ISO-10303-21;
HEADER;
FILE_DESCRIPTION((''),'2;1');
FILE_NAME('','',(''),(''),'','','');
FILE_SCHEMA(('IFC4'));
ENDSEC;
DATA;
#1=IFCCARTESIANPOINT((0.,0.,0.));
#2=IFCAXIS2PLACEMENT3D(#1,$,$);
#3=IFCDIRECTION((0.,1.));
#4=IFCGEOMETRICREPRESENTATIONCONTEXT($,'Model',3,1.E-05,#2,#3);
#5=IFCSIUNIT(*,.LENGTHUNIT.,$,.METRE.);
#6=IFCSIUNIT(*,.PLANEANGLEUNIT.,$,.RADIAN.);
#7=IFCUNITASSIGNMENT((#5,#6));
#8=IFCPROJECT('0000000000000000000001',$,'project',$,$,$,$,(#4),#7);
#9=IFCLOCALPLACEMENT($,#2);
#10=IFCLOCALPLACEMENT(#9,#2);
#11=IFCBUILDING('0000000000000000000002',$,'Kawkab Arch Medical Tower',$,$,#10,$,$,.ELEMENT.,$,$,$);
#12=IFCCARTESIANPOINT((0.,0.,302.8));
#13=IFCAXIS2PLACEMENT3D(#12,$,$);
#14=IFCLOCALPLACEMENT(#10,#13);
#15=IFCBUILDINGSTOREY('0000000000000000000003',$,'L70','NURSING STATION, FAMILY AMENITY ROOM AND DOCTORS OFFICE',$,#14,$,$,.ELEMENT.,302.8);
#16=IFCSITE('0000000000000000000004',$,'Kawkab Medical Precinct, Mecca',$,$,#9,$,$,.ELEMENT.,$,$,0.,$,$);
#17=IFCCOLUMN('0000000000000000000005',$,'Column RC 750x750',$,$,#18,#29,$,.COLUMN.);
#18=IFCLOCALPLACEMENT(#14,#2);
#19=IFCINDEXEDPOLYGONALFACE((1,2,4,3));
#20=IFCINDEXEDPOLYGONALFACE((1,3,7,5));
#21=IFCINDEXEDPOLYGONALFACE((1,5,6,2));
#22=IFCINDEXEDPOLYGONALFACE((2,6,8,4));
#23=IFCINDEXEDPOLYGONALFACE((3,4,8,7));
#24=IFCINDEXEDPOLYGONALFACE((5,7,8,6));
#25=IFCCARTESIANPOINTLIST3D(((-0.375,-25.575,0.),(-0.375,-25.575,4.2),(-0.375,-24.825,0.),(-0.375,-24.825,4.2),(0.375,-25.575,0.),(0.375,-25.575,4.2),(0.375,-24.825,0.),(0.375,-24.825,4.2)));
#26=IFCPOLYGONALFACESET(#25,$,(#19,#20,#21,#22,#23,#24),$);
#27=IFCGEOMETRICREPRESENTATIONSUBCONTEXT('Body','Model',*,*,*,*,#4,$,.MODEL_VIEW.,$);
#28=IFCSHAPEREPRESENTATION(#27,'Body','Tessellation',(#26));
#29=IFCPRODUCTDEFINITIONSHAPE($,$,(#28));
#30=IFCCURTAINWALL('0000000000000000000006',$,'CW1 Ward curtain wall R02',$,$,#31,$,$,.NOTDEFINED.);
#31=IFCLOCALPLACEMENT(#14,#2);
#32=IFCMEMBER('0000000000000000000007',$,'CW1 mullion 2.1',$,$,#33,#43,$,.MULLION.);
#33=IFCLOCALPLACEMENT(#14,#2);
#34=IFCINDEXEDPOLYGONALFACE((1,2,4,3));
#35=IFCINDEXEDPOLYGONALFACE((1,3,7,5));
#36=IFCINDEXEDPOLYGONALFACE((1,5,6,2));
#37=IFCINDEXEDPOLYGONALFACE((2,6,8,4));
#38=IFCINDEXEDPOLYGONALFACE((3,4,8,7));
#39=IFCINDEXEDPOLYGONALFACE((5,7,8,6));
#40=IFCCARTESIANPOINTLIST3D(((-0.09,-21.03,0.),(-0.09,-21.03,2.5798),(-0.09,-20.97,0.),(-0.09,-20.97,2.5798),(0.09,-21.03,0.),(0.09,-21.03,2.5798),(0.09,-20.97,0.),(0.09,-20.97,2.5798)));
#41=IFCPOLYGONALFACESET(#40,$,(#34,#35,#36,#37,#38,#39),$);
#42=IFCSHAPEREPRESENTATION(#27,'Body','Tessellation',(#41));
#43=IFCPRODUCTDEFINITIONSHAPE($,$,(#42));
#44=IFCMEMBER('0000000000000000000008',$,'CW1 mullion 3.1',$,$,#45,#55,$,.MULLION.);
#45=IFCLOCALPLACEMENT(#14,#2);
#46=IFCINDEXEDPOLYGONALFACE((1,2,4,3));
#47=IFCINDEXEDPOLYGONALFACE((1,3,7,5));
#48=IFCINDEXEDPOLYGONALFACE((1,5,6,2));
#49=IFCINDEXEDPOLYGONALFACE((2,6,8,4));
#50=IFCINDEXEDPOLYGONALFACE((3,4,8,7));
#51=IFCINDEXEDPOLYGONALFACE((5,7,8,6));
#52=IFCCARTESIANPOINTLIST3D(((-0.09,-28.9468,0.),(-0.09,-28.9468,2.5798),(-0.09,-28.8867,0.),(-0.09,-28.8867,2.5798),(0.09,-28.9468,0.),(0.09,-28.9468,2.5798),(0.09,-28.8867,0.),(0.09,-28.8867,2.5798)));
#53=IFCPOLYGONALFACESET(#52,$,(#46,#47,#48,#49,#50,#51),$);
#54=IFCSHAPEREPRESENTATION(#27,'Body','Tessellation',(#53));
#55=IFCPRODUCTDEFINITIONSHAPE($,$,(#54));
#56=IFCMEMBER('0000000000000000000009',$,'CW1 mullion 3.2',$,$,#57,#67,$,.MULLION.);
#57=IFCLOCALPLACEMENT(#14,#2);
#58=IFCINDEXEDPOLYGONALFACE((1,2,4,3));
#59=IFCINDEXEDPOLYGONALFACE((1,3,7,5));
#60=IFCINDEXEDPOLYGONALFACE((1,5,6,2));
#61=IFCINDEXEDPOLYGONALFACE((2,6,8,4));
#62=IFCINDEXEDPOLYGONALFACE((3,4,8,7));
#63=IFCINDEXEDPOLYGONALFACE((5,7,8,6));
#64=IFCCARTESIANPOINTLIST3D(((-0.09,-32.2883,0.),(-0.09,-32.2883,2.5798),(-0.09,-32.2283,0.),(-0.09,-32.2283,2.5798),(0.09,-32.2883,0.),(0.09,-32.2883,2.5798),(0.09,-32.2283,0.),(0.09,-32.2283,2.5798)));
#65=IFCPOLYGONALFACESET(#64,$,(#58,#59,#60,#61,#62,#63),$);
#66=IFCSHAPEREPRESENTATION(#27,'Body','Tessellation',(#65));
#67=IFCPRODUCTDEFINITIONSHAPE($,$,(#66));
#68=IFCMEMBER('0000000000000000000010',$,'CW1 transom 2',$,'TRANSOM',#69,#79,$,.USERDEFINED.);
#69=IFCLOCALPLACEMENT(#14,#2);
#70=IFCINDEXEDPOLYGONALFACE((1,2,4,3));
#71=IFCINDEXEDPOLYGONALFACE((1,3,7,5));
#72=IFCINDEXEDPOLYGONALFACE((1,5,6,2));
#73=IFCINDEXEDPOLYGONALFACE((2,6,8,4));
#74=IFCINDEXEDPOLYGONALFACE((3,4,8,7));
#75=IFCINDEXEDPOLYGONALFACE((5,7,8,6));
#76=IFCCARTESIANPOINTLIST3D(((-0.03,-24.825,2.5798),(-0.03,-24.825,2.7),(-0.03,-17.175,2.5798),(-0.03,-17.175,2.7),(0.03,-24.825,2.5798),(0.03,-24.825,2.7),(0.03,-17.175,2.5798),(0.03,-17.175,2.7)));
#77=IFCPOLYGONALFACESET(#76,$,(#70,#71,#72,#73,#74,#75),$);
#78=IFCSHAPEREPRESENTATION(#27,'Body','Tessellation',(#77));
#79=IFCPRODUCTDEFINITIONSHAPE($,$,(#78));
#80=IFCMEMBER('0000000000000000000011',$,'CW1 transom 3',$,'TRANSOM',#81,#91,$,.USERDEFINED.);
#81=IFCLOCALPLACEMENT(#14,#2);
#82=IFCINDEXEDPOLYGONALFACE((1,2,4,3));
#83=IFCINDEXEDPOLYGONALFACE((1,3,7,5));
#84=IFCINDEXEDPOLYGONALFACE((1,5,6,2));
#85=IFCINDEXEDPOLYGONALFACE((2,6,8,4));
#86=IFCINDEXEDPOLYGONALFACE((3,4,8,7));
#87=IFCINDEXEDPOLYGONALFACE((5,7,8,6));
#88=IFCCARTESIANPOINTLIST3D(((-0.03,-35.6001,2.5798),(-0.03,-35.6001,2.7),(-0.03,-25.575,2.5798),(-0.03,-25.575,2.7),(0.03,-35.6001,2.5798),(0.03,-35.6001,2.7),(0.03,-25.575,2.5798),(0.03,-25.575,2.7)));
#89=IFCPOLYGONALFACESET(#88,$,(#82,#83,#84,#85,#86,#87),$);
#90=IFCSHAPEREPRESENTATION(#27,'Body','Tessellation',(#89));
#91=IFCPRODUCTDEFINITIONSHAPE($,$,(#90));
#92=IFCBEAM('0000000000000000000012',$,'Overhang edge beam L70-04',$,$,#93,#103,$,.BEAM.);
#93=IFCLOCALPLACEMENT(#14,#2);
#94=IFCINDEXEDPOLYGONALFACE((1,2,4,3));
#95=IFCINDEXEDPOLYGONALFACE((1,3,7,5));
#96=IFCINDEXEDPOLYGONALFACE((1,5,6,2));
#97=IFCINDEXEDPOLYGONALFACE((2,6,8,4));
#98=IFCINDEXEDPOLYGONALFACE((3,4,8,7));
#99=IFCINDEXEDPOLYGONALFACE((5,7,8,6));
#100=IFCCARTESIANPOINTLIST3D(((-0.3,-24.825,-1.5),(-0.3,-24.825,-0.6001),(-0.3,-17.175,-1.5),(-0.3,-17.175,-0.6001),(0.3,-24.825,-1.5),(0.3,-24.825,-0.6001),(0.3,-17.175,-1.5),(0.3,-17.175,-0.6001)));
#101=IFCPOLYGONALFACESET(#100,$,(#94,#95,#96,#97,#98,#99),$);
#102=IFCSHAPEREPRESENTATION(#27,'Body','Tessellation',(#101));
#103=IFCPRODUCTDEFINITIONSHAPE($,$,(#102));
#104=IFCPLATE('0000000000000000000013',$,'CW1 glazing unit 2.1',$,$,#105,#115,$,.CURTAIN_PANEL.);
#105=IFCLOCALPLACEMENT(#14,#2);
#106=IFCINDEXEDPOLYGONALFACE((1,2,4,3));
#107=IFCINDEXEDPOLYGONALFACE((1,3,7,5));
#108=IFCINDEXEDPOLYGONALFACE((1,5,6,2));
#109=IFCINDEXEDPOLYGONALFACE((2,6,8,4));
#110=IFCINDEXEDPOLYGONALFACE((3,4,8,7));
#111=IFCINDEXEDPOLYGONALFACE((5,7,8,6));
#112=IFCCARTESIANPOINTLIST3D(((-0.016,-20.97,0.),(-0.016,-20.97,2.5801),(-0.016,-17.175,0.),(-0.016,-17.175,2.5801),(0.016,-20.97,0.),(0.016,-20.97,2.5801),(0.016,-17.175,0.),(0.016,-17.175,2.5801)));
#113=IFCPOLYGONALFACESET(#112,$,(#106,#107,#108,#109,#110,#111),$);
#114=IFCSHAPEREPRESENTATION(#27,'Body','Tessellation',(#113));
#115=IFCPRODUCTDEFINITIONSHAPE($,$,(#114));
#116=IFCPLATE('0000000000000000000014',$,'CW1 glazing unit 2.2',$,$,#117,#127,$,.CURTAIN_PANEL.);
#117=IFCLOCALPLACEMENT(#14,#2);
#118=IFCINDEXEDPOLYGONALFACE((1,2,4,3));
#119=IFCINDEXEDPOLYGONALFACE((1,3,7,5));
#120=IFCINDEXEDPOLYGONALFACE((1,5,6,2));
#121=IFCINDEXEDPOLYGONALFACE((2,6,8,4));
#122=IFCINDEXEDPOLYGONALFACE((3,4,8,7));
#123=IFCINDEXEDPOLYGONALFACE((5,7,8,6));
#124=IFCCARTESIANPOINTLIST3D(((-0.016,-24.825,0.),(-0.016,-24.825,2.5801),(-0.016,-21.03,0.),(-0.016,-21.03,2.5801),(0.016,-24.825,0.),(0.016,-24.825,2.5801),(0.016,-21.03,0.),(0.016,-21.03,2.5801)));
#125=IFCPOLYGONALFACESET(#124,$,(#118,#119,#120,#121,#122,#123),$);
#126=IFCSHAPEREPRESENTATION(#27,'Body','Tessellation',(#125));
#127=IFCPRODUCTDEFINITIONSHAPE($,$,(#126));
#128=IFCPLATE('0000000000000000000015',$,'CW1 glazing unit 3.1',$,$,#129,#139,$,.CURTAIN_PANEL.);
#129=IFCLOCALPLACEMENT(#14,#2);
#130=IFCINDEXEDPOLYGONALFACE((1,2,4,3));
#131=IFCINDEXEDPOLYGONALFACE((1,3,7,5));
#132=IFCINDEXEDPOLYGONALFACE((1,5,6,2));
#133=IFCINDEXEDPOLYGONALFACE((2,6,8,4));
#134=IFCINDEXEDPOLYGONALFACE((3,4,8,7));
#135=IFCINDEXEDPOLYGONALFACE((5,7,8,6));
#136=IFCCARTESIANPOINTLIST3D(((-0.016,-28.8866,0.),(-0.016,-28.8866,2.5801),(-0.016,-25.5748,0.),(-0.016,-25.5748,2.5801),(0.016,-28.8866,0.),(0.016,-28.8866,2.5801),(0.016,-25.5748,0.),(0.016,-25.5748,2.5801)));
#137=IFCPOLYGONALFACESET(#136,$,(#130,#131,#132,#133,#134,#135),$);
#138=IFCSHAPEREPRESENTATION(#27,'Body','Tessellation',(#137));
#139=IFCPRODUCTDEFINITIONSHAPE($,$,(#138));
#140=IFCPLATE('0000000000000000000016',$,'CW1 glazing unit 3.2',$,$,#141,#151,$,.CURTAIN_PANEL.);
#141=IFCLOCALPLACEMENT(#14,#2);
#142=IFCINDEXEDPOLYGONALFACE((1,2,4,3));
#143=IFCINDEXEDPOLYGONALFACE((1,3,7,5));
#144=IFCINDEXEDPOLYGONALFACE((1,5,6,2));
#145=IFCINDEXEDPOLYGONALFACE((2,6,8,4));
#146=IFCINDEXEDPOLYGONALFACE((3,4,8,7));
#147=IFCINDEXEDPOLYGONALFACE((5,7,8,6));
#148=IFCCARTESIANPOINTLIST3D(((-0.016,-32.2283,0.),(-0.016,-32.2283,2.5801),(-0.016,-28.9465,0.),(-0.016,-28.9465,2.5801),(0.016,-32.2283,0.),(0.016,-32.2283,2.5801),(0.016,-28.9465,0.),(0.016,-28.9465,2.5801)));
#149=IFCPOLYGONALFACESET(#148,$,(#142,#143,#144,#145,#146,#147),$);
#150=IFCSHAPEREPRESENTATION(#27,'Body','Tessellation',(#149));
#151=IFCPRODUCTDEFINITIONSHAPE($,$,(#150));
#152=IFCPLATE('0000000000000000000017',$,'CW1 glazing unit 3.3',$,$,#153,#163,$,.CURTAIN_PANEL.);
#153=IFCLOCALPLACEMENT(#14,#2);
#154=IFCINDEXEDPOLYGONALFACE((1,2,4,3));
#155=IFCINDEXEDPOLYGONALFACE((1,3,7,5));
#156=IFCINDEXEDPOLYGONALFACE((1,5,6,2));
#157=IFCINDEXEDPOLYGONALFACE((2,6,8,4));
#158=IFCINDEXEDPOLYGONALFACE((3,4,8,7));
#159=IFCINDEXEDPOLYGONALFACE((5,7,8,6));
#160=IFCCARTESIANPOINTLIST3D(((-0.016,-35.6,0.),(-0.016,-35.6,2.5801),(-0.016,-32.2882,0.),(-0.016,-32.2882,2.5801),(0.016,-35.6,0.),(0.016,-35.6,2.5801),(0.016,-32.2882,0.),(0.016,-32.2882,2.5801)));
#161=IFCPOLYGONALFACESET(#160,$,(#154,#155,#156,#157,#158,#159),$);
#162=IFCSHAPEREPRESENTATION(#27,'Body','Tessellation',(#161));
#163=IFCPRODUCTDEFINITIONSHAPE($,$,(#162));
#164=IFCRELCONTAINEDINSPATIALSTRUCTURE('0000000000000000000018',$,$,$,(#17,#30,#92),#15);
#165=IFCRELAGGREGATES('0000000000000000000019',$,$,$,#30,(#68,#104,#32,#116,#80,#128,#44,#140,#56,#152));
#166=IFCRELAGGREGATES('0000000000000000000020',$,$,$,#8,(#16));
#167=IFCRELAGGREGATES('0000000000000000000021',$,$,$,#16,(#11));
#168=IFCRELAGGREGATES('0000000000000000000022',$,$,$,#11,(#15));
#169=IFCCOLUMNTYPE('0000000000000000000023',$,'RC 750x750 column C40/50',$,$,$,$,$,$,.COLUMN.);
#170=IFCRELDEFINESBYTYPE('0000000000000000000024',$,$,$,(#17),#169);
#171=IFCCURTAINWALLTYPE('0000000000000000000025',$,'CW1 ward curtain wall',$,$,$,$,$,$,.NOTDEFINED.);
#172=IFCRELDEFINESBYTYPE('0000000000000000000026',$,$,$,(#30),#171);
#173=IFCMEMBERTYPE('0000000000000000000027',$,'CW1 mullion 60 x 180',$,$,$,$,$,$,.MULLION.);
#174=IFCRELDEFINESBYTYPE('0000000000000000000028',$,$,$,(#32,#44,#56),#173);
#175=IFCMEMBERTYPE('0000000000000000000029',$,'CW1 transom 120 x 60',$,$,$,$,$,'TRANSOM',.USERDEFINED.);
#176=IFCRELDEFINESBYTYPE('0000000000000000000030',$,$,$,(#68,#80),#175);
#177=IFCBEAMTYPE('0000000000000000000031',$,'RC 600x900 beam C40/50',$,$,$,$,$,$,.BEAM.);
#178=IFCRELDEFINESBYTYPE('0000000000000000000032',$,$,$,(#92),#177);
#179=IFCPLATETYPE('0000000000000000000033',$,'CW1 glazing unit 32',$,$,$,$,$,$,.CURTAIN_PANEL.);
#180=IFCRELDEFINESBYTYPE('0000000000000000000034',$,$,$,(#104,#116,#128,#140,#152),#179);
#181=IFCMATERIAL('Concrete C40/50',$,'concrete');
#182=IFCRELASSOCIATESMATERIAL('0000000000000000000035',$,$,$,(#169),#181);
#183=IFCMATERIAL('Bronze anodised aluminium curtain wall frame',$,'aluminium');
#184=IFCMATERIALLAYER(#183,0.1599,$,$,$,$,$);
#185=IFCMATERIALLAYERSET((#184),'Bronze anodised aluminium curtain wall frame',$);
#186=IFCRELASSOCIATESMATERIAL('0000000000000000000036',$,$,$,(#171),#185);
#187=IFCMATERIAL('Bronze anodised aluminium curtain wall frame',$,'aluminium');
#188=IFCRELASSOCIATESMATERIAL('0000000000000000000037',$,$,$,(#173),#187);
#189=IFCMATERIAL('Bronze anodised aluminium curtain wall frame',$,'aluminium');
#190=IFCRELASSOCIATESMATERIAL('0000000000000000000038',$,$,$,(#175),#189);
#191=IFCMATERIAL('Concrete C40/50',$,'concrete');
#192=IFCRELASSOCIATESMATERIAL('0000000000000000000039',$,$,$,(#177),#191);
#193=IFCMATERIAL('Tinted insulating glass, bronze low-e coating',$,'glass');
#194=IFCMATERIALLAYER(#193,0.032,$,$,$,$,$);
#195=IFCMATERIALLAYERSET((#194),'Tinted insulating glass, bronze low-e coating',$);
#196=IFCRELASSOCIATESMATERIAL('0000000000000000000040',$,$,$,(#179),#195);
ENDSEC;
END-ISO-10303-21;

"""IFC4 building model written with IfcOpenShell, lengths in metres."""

from ifc_helpers import new_model, si_unit, direction, frame, origin, origin_2d, place, context, subcontext, project, spatial, rectangle, extrude, material, layer, layer_set, material_profile, profile_set, type_object, element, aggregate, save


model = new_model("IFC4")

# Units and contexts
model_context = context("Model", 3, precision=1e-05, world=origin(), true_north=direction((0.0, 1.0)))
body_context = subcontext(model_context, "Body", "Model", "MODEL_VIEW")
ifc_project = project(units=[si_unit("LENGTHUNIT", "METRE"), si_unit("PLANEANGLEUNIT", "RADIAN")], contexts=[model_context])

# Site, building, storey
site_placement = place(None, origin())
site = spatial("IfcSite", under=ifc_project, at=site_placement, Name="Kawkab Medical Precinct, Mecca", CompositionType="ELEMENT", RefElevation=0.0)
building_placement = place(site_placement, origin())
building = spatial("IfcBuilding", under=site, at=building_placement, Name="Kawkab Arch Medical Tower", CompositionType="ELEMENT")
storey_placement = place(building_placement, frame((0.0, 0.0, 302.8)))
storey = spatial("IfcBuildingStorey", under=building, at=storey_placement, Name="L70", Description="NURSING STATION, FAMILY AMENITY ROOM AND DOCTORS OFFICE", CompositionType="ELEMENT", Elevation=302.8)

# Column
ifc_material_1 = material(Name="Concrete C40/50", Category="concrete")
ifc_material_profile_1 = material_profile(ifc_material_1, rectangle(XDim=0.75, YDim=0.75, at=origin_2d()), Name="RC 750x750")
ifc_profile_set_1 = profile_set([ifc_material_profile_1], Name="Concrete C40/50")
column_type = type_object("IfcColumnType", Name="RC 750x750 column C40/50", PredefinedType="COLUMN", material=ifc_profile_set_1)
column_placement = place(storey_placement, frame((0.0, -25.2, 0.0), z_axis=(0.0, 0.0, 1.0), x_axis=(1.0, 0.0, 0.0)))
element("IfcColumn", 1, at=column_placement, inside=storey, type_object=column_type, Name="Column RC 750x750", PredefinedType="COLUMN", context=body_context, shape_type="SweptSolid", body=[
    extrude(rectangle(XDim=0.75, YDim=0.75, at=origin_2d()), origin(), (0.0, 0.0, 1.0), 4.2),
])

# Curtain wall, members
ifc_material_2 = material(Name="Bronze anodised aluminium curtain wall frame", Category="aluminium")
ifc_layer_1 = layer(ifc_material_2, 0.1599)
ifc_layer_set_1 = layer_set([ifc_layer_1], Name="Bronze anodised aluminium curtain wall frame")
curtain_wall_type = type_object("IfcCurtainWallType", Name="CW1 ward curtain wall", PredefinedType="NOTDEFINED", material=ifc_layer_set_1)
curtain_wall_placement = place(storey_placement, origin())
curtain_wall = element("IfcCurtainWall", 2, at=curtain_wall_placement, inside=storey, type_object=curtain_wall_type, Name="CW1 Ward curtain wall R02", PredefinedType="NOTDEFINED")
ifc_material_3 = material(Name="Bronze anodised aluminium curtain wall frame", Category="aluminium")
ifc_material_profile_2 = material_profile(ifc_material_3, rectangle(XDim=0.1799, YDim=0.0601, at=origin_2d()), Name="AL 60x180")
ifc_profile_set_2 = profile_set([ifc_material_profile_2], Name="Bronze anodised aluminium curtain wall frame")
member_type_1 = type_object("IfcMemberType", Name="CW1 mullion 60 x 180", PredefinedType="MULLION", material=ifc_profile_set_2)
member_1_placement = place(storey_placement, frame((0.0, -21.0, 0.0), z_axis=(0.0, 0.0, 1.0), x_axis=(1.0, 0.0, 0.0)))
member_1 = element("IfcMember", 3, at=member_1_placement, type_object=member_type_1, Name="CW1 mullion 2.1", PredefinedType="MULLION", context=body_context, shape_type="SweptSolid", body=[
    extrude(rectangle(XDim=0.1799, YDim=0.0601, at=origin_2d()), origin(), (0.0, 0.0, 1.0), 2.5798),
])
member_2_placement = place(storey_placement, frame((0.0, -28.9167, 0.0), z_axis=(0.0, 0.0, 1.0), x_axis=(1.0, 0.0, 0.0)))
member_2 = element("IfcMember", 4, at=member_2_placement, type_object=member_type_1, Name="CW1 mullion 3.1", PredefinedType="MULLION", context=body_context, shape_type="SweptSolid", body=[
    extrude(rectangle(XDim=0.1799, YDim=0.0601, at=origin_2d()), origin(), (0.0, 0.0, 1.0), 2.5798),
])
member_3_placement = place(storey_placement, frame((0.0, -32.2583, 0.0), z_axis=(0.0, 0.0, 1.0), x_axis=(1.0, 0.0, 0.0)))
member_3 = element("IfcMember", 5, at=member_3_placement, type_object=member_type_1, Name="CW1 mullion 3.2", PredefinedType="MULLION", context=body_context, shape_type="SweptSolid", body=[
    extrude(rectangle(XDim=0.1799, YDim=0.0601, at=origin_2d()), origin(), (0.0, 0.0, 1.0), 2.5798),
])
ifc_material_4 = material(Name="Bronze anodised aluminium curtain wall frame", Category="aluminium")
ifc_material_profile_3 = material_profile(ifc_material_4, rectangle(XDim=0.0601, YDim=0.1201, at=origin_2d()), Name="AL 60x120")
ifc_profile_set_3 = profile_set([ifc_material_profile_3], Name="Bronze anodised aluminium curtain wall frame")
member_type_2 = type_object("IfcMemberType", Name="CW1 transom 120 x 60", ElementType="TRANSOM", PredefinedType="USERDEFINED", material=ifc_profile_set_3)
member_4_placement = place(storey_placement, frame((0.0, -17.175, 2.6399), z_axis=(0.0, -1.0, 0.0), x_axis=(1.0, 0.0, 0.0)))
member_4 = element("IfcMember", 6, at=member_4_placement, type_object=member_type_2, Name="CW1 transom 2", ObjectType="TRANSOM", PredefinedType="USERDEFINED", context=body_context, shape_type="SweptSolid", body=[
    extrude(rectangle(XDim=0.0601, YDim=0.1201, at=origin_2d()), origin(), (0.0, 0.0, 1.0), 7.6499),
])
member_5_placement = place(storey_placement, frame((0.0, -25.575, 2.6399), z_axis=(0.0, -1.0, 0.0), x_axis=(1.0, 0.0, 0.0)))
member_5 = element("IfcMember", 7, at=member_5_placement, type_object=member_type_2, Name="CW1 transom 3", ObjectType="TRANSOM", PredefinedType="USERDEFINED", context=body_context, shape_type="SweptSolid", body=[
    extrude(rectangle(XDim=0.0601, YDim=0.1201, at=origin_2d()), origin(), (0.0, 0.0, 1.0), 10.0251),
])

# Beam
ifc_material_5 = material(Name="Concrete C40/50", Category="concrete")
ifc_material_profile_4 = material_profile(ifc_material_5, rectangle(XDim=0.6001, YDim=0.8999, at=origin_2d()), Name="RC 600x900")
ifc_profile_set_4 = profile_set([ifc_material_profile_4], Name="Concrete C40/50")
beam_type = type_object("IfcBeamType", Name="RC 600x900 beam C40/50", PredefinedType="BEAM", material=ifc_profile_set_4)
beam_placement = place(storey_placement, frame((0.0, -24.825, -1.05), z_axis=(0.0, 1.0, 0.0), x_axis=(-1.0, 0.0, 0.0)))
element("IfcBeam", 8, at=beam_placement, inside=storey, type_object=beam_type, Name="Overhang edge beam L70-04", PredefinedType="BEAM", context=body_context, shape_type="SweptSolid", body=[
    extrude(rectangle(XDim=0.6001, YDim=0.8999, at=origin_2d()), origin(), (0.0, 0.0, 1.0), 7.6499),
])

# Plates
ifc_material_6 = material(Name="Tinted insulating glass, bronze low-e coating", Category="glass")
ifc_layer_2 = layer(ifc_material_6, 0.032)
ifc_layer_set_2 = layer_set([ifc_layer_2], Name="Tinted insulating glass, bronze low-e coating")
plate_type = type_object("IfcPlateType", Name="CW1 glazing unit 32", PredefinedType="CURTAIN_PANEL", material=ifc_layer_set_2)
plate_1_placement = place(storey_placement, frame((0.0, -19.0725, 0.0), z_axis=(0.0, 0.0, 1.0), x_axis=(0.0, -1.0, 0.0)))
plate_1 = element("IfcPlate", 9, at=plate_1_placement, type_object=plate_type, Name="CW1 glazing unit 2.1", PredefinedType="CURTAIN_PANEL", context=body_context, shape_type="SweptSolid", body=[
    extrude(rectangle(XDim=3.7949, YDim=0.032, at=origin_2d()), origin(), (0.0, 0.0, 1.0), 2.5801),
])
plate_2_placement = place(storey_placement, frame((0.0, -22.9275, 0.0), z_axis=(0.0, 0.0, 1.0), x_axis=(0.0, -1.0, 0.0)))
plate_2 = element("IfcPlate", 10, at=plate_2_placement, type_object=plate_type, Name="CW1 glazing unit 2.2", PredefinedType="CURTAIN_PANEL", context=body_context, shape_type="SweptSolid", body=[
    extrude(rectangle(XDim=3.7949, YDim=0.032, at=origin_2d()), origin(), (0.0, 0.0, 1.0), 2.5801),
])
plate_3_placement = place(storey_placement, frame((0.0, -27.2307, 0.0), z_axis=(0.0, 0.0, 1.0), x_axis=(0.0, -1.0, 0.0)))
plate_3 = element("IfcPlate", 11, at=plate_3_placement, type_object=plate_type, Name="CW1 glazing unit 3.1", PredefinedType="CURTAIN_PANEL", context=body_context, shape_type="SweptSolid", body=[
    extrude(rectangle(XDim=3.3118, YDim=0.032, at=origin_2d()), origin(), (0.0, 0.0, 1.0), 2.5801),
])
plate_4_placement = place(storey_placement, frame((0.0, -30.5874, 0.0), z_axis=(0.0, 0.0, 1.0), x_axis=(0.0, -1.0, 0.0)))
plate_4 = element("IfcPlate", 12, at=plate_4_placement, type_object=plate_type, Name="CW1 glazing unit 3.2", PredefinedType="CURTAIN_PANEL", context=body_context, shape_type="SweptSolid", body=[
    extrude(rectangle(XDim=3.2817, YDim=0.032, at=origin_2d()), origin(), (0.0, 0.0, 1.0), 2.5801),
])
plate_5_placement = place(storey_placement, frame((0.0, -33.9441, 0.0), z_axis=(0.0, 0.0, 1.0), x_axis=(0.0, -1.0, 0.0)))
plate_5 = element("IfcPlate", 13, at=plate_5_placement, type_object=plate_type, Name="CW1 glazing unit 3.3", PredefinedType="CURTAIN_PANEL", context=body_context, shape_type="SweptSolid", body=[
    extrude(rectangle(XDim=3.3118, YDim=0.032, at=origin_2d()), origin(), (0.0, 0.0, 1.0), 2.5801),
])
aggregate(curtain_wall, [member_4, plate_1, member_1, plate_2, member_5, plate_3, member_2, plate_4, member_3, plate_5])

save(model, "model.ifc")
